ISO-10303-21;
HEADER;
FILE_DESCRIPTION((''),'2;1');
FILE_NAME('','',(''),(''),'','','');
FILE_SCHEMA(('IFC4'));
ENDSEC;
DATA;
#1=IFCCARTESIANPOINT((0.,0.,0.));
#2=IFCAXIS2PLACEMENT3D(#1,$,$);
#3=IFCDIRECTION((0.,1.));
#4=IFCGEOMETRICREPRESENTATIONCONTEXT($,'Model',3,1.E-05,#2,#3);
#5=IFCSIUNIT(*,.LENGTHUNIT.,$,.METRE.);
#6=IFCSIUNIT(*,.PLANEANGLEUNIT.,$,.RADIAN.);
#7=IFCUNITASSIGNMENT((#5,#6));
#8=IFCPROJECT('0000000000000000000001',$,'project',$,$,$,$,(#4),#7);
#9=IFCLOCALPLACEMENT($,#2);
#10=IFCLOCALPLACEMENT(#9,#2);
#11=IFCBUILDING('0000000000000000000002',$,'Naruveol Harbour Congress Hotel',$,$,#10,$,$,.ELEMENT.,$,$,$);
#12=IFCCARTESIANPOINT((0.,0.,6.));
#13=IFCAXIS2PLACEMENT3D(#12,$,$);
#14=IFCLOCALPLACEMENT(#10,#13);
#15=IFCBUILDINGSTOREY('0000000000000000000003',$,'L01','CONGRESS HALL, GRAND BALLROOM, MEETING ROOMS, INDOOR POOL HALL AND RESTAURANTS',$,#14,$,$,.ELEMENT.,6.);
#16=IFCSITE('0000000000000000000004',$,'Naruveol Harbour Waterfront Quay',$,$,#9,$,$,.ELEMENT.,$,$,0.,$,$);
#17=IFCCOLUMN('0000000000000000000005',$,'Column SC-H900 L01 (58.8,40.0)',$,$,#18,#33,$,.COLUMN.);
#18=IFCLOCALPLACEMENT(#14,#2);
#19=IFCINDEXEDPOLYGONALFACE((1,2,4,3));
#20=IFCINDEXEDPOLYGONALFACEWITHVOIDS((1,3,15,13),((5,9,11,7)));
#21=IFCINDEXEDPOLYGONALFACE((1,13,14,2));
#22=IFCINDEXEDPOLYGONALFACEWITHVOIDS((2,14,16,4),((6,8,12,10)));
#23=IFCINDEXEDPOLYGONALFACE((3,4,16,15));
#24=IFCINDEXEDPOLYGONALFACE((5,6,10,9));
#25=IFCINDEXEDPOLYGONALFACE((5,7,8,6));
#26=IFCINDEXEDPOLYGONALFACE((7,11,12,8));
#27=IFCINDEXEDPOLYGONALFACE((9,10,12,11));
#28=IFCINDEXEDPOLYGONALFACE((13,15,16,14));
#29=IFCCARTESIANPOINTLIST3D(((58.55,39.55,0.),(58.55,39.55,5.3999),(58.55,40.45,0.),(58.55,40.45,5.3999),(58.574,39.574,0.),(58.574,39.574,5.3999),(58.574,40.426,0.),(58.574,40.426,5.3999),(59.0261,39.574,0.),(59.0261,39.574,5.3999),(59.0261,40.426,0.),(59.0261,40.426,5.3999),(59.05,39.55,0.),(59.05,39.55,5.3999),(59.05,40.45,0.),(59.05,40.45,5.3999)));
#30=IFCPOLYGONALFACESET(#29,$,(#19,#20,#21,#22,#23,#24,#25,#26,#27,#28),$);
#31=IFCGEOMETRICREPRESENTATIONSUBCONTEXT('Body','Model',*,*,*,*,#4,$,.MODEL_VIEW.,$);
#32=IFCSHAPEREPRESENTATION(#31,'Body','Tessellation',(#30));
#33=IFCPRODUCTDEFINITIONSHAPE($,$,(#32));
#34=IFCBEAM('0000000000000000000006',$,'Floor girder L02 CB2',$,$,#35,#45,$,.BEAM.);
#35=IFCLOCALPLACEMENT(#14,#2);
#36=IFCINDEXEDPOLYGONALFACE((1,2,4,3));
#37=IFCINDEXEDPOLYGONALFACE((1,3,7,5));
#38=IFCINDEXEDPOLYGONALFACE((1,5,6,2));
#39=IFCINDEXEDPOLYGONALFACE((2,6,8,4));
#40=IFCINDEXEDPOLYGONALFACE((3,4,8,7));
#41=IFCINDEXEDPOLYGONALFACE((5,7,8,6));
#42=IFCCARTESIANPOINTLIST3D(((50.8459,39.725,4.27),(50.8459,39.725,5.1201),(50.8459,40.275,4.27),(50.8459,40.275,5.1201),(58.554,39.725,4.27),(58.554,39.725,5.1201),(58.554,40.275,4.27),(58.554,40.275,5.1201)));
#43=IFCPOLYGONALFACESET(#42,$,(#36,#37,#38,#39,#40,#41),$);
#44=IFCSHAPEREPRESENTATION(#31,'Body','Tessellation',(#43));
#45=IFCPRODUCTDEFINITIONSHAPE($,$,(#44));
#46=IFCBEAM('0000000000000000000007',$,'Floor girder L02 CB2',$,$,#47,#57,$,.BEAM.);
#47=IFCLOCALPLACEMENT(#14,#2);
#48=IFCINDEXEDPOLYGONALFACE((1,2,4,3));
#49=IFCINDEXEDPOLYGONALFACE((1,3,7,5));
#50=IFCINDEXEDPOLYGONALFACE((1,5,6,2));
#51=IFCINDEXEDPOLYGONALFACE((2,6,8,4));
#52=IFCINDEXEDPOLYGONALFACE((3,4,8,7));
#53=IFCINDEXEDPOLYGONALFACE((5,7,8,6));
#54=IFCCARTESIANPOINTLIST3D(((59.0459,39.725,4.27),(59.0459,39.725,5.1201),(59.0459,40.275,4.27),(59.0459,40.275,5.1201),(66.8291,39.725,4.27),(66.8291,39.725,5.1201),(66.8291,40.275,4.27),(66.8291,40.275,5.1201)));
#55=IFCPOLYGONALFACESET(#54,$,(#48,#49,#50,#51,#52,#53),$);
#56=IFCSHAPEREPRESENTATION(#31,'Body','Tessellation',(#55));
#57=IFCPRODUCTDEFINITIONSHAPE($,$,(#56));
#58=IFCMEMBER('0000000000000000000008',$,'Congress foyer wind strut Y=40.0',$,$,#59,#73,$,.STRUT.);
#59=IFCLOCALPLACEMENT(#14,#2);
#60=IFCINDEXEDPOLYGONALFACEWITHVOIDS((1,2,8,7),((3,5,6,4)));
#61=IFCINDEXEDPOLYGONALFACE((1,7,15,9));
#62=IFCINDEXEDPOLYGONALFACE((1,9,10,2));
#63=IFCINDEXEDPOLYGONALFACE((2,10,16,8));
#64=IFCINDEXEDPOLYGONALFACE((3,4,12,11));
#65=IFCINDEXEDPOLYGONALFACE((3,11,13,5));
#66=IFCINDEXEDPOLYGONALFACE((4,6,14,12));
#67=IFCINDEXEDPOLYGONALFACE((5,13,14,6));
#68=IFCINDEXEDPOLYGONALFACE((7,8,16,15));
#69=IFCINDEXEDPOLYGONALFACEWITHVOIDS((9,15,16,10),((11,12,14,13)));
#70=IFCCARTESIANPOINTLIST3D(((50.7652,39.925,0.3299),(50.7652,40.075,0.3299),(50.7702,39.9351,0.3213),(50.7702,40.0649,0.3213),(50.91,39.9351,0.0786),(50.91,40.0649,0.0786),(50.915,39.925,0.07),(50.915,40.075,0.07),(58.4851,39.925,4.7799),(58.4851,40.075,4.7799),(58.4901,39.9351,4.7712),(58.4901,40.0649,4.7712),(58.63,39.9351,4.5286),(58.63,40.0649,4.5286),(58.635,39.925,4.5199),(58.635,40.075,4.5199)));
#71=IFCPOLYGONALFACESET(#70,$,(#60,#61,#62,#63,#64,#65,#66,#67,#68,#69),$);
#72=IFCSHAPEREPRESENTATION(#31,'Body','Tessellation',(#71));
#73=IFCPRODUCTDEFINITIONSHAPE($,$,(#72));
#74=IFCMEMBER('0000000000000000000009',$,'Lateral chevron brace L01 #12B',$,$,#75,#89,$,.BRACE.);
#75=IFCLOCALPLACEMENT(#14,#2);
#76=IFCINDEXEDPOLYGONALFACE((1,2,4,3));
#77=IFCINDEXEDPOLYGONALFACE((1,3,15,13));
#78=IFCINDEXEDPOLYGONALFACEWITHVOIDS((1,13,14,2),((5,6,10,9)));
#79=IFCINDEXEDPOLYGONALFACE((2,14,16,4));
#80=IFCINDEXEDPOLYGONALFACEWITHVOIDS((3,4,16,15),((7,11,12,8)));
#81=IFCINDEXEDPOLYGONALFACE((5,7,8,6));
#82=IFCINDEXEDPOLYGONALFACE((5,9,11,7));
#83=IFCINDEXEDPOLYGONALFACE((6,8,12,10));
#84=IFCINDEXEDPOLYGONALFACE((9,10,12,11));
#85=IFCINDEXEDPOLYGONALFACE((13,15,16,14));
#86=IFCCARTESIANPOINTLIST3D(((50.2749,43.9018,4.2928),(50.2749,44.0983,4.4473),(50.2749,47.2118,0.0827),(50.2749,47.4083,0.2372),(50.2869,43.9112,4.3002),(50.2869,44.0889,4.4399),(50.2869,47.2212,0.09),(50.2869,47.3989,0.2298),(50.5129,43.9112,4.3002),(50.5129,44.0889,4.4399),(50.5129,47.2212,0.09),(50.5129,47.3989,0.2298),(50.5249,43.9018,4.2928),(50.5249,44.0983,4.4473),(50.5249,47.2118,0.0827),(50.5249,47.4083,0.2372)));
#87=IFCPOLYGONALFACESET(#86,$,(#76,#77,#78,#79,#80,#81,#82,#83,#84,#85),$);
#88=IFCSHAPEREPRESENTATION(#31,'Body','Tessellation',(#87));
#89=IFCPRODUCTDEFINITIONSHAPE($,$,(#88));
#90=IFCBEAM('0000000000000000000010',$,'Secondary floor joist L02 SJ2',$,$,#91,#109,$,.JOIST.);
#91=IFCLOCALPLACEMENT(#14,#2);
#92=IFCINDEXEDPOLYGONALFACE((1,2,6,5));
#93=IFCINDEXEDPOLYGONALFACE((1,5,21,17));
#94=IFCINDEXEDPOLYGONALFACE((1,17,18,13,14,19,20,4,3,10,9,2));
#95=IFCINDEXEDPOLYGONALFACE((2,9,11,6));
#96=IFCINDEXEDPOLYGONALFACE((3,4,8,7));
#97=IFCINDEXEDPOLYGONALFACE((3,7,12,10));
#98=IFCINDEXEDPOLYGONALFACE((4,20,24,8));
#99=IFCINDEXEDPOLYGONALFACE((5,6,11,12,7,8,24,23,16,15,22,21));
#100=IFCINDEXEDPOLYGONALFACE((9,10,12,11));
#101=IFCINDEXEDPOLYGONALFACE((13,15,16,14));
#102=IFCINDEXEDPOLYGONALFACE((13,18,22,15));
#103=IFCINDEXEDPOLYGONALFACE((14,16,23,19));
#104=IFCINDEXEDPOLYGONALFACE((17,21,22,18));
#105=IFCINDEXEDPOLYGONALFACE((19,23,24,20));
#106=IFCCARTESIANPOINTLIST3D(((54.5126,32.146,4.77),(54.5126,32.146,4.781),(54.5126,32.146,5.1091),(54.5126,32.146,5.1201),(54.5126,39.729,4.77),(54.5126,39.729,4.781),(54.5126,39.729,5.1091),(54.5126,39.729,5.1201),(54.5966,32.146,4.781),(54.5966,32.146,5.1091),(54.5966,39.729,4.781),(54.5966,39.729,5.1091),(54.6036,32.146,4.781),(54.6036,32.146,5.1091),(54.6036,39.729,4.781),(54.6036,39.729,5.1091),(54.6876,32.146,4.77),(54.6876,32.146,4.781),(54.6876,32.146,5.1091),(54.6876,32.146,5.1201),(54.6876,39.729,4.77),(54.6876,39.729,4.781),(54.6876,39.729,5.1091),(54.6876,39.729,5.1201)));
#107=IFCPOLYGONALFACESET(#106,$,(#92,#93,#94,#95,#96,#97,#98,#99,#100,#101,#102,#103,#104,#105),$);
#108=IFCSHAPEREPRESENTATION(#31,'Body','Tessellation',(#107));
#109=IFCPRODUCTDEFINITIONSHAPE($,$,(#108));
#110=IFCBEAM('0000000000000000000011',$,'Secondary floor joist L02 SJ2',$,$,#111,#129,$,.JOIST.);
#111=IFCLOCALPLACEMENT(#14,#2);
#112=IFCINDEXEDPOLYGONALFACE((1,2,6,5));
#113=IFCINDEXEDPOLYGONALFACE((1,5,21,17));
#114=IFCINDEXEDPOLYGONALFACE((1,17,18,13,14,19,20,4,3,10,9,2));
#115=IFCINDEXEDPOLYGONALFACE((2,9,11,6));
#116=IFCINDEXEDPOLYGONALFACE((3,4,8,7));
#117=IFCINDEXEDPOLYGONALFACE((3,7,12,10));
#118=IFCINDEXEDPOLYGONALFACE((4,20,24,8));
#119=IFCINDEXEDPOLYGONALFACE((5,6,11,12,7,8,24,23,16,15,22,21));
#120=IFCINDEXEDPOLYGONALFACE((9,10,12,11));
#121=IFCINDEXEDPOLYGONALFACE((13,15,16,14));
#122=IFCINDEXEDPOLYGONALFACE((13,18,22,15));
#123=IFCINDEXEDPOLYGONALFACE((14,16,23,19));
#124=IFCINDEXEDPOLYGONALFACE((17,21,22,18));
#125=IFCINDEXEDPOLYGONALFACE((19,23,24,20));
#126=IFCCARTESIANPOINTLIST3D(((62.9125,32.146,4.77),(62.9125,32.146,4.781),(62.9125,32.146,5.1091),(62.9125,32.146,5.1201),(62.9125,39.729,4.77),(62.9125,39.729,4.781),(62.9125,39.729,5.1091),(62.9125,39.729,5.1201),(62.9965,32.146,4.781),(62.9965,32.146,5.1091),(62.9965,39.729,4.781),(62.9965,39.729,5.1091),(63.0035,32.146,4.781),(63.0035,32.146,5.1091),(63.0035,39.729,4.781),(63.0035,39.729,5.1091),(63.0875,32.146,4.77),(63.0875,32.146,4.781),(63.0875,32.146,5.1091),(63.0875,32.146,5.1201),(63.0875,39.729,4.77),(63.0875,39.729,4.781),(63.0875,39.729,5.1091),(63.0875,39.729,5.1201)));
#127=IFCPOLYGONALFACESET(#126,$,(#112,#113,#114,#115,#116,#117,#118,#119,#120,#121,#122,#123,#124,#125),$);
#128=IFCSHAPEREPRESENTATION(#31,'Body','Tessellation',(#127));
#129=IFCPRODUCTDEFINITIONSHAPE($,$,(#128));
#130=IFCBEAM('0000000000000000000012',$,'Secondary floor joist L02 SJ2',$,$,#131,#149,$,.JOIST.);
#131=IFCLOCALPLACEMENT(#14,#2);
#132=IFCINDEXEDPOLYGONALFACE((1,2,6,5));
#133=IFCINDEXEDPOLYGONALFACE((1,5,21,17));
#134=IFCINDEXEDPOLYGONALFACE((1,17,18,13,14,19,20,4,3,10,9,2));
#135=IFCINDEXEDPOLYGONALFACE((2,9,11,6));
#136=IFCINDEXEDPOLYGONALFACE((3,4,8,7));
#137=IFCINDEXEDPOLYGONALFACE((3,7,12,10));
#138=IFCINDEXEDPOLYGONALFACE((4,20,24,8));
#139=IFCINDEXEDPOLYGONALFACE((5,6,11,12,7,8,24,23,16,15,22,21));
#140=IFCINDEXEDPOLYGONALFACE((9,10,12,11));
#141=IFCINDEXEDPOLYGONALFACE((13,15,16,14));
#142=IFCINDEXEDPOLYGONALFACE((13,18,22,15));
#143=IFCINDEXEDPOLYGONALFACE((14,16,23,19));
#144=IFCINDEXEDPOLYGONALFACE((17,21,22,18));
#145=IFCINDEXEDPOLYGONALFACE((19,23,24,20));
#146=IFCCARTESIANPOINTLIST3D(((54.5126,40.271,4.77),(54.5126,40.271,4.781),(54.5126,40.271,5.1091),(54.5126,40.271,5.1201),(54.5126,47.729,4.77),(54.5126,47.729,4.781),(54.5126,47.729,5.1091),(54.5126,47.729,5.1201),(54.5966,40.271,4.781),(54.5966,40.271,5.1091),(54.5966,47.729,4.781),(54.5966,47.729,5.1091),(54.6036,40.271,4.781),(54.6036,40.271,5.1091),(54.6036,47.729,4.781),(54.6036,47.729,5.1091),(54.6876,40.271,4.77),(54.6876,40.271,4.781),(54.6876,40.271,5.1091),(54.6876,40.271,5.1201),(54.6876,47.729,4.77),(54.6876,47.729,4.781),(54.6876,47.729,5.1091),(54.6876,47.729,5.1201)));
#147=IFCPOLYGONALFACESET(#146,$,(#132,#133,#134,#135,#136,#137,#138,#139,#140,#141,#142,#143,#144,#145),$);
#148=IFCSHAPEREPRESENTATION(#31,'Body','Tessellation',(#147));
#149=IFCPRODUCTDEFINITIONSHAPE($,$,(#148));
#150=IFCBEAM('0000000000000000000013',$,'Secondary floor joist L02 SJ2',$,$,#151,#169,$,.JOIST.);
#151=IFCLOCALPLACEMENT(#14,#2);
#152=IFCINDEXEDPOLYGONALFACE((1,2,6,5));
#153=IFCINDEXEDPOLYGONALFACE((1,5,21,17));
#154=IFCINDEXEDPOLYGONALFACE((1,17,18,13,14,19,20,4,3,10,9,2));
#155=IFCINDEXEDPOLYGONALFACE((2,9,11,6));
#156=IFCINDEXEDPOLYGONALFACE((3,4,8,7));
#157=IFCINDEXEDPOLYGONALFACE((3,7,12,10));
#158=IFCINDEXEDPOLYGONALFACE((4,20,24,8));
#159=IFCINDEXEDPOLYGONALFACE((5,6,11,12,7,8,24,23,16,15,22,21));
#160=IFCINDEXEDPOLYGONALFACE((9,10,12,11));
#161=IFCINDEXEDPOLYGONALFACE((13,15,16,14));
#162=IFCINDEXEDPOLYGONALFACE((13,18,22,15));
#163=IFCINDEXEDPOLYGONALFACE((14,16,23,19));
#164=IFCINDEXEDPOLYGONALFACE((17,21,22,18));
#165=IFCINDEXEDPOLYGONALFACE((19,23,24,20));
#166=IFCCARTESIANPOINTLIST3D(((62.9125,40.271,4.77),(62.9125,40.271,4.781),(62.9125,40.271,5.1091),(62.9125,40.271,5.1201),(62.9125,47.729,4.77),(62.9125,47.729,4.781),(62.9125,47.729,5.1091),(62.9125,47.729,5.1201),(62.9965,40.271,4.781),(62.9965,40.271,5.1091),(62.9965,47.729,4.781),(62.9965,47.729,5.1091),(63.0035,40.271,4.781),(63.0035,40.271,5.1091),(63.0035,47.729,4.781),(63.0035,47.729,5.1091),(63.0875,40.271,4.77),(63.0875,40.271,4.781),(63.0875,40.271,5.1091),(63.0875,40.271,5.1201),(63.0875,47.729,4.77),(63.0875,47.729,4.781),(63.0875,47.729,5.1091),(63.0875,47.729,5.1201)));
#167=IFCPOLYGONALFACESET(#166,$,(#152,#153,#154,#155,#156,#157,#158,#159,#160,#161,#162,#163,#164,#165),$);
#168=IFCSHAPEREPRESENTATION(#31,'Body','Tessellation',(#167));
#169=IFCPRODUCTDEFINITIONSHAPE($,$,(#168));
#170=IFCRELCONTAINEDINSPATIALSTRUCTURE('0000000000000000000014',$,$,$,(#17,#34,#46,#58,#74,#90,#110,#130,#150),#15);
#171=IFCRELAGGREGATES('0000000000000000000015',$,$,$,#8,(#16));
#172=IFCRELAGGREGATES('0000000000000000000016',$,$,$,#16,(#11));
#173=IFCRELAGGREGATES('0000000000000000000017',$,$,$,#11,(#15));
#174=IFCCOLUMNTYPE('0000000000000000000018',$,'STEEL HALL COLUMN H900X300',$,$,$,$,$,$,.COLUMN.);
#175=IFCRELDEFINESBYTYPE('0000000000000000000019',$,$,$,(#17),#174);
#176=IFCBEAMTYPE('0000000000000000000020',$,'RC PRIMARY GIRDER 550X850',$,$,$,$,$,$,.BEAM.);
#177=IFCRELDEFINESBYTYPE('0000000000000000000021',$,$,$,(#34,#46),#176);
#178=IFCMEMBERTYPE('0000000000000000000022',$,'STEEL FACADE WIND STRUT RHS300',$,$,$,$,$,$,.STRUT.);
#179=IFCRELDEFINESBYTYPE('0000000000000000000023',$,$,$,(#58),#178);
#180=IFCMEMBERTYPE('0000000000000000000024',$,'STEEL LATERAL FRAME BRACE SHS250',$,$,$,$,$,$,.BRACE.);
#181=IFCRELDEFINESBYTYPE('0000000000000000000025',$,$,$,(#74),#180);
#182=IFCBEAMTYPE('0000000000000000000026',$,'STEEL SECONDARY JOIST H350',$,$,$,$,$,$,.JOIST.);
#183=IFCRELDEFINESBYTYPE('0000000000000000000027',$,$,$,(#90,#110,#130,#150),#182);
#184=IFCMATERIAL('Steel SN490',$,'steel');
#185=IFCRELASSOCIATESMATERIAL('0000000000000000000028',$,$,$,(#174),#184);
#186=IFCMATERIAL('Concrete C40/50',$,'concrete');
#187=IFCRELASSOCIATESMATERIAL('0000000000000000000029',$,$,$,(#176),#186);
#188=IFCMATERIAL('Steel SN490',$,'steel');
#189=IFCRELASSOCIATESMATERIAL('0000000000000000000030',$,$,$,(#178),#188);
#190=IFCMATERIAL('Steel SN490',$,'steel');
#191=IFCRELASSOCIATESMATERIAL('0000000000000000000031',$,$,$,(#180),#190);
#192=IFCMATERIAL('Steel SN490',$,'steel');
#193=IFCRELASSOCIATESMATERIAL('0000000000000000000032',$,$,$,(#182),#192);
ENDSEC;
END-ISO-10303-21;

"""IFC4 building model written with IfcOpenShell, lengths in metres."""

from ifc_helpers import new_model, si_unit, direction, frame, origin, origin_2d, place, context, subcontext, project, spatial, rectangle, hollow_rectangle, i_section, extrude, material, material_profile, profile_set, type_object, element, save


model = new_model("IFC4")

# Units and contexts
model_context = context("Model", 3, precision=1e-05, world=origin(), true_north=direction((0.0, 1.0)))
body_context = subcontext(model_context, "Body", "Model", "MODEL_VIEW")
ifc_project = project(units=[si_unit("LENGTHUNIT", "METRE"), si_unit("PLANEANGLEUNIT", "RADIAN")], contexts=[model_context])

# Site, building, storey
site_placement = place(None, origin())
site = spatial("IfcSite", under=ifc_project, at=site_placement, Name="Naruveol Harbour Waterfront Quay", CompositionType="ELEMENT", RefElevation=0.0)
building_placement = place(site_placement, origin())
building = spatial("IfcBuilding", under=site, at=building_placement, Name="Naruveol Harbour Congress Hotel", CompositionType="ELEMENT")
storey_placement = place(building_placement, frame((0.0, 0.0, 6.0)))
storey = spatial("IfcBuildingStorey", under=building, at=storey_placement, Name="L01", Description="CONGRESS HALL, GRAND BALLROOM, MEETING ROOMS, INDOOR POOL HALL AND RESTAURANTS", CompositionType="ELEMENT", Elevation=6.0)

# Column
ifc_material_1 = material(Name="Steel SN490", Category="steel")
ifc_material_profile_1 = material_profile(ifc_material_1, hollow_rectangle(XDim=0.5, YDim=0.8999, WallThickness=0.0239, at=origin_2d()), Name="RHS-900x500x24")
ifc_profile_set_1 = profile_set([ifc_material_profile_1], Name="Steel SN490")
column_type = type_object("IfcColumnType", Name="STEEL HALL COLUMN H900X300", PredefinedType="COLUMN", material=ifc_profile_set_1)
column_placement = place(storey_placement, frame((58.8, 40.0, 0.0), z_axis=(0.0, 0.0, 1.0), x_axis=(1.0, 0.0, 0.0)))
element("IfcColumn", 1, at=column_placement, inside=storey, type_object=column_type, Name="Column SC-H900 L01 (58.8,40.0)", PredefinedType="COLUMN", context=body_context, shape_type="SweptSolid", body=[
    extrude(hollow_rectangle(XDim=0.5, YDim=0.8999, WallThickness=0.0239, at=origin_2d()), origin(), (0.0, 0.0, 1.0), 5.3999),
])

# Beams
ifc_material_2 = material(Name="Concrete C40/50", Category="concrete")
ifc_material_profile_2 = material_profile(ifc_material_2, rectangle(XDim=0.55, YDim=0.8501, at=origin_2d()), Name="RCB-550x850")
ifc_profile_set_2 = profile_set([ifc_material_profile_2], Name="Concrete C40/50")
beam_type_1 = type_object("IfcBeamType", Name="RC PRIMARY GIRDER 550X850", PredefinedType="BEAM", material=ifc_profile_set_2)
beam_1_placement = place(storey_placement, frame((50.8459, 40.0, 4.6951), z_axis=(1.0, 0.0, 0.0), x_axis=(0.0, 1.0, 0.0)))
element("IfcBeam", 2, at=beam_1_placement, inside=storey, type_object=beam_type_1, Name="Floor girder L02 CB2", PredefinedType="BEAM", context=body_context, shape_type="SweptSolid", body=[
    extrude(rectangle(XDim=0.55, YDim=0.8501, at=origin_2d()), origin(), (0.0, 0.0, 1.0), 7.708),
])
beam_2_placement = place(storey_placement, frame((59.0459, 40.0, 4.6951), z_axis=(1.0, 0.0, 0.0), x_axis=(0.0, 1.0, 0.0)))
element("IfcBeam", 3, at=beam_2_placement, inside=storey, type_object=beam_type_1, Name="Floor girder L02 CB2", PredefinedType="BEAM", context=body_context, shape_type="SweptSolid", body=[
    extrude(rectangle(XDim=0.55, YDim=0.8501, at=origin_2d()), origin(), (0.0, 0.0, 1.0), 7.7832),
])

# Members
ifc_material_3 = material(Name="Steel SN490", Category="steel")
ifc_material_profile_3 = material_profile(ifc_material_3, hollow_rectangle(XDim=0.1499, YDim=0.3, WallThickness=0.01, at=origin_2d()), Name="RHS-300x150x10")
ifc_profile_set_3 = profile_set([ifc_material_profile_3], Name="Steel SN490")
member_type_1 = type_object("IfcMemberType", Name="STEEL FACADE WIND STRUT RHS300", PredefinedType="STRUT", material=ifc_profile_set_3)
member_1_placement = place(storey_placement, frame((50.8401, 40.0, 0.2), z_axis=(0.866374, 0.0, 0.499396), x_axis=(0.0, 1.0, 0.0)))
element("IfcMember", 4, at=member_1_placement, inside=storey, type_object=member_type_1, Name="Congress foyer wind strut Y=40.0", PredefinedType="STRUT", context=body_context, shape_type="SweptSolid", body=[
    extrude(hollow_rectangle(XDim=0.1499, YDim=0.3, WallThickness=0.01, at=origin_2d()), origin(), (0.0, 0.0, 1.0), 8.9106),
])
ifc_material_4 = material(Name="Steel SN490", Category="steel")
ifc_material_profile_4 = material_profile(ifc_material_4, hollow_rectangle(XDim=0.25, YDim=0.25, WallThickness=0.012, at=origin_2d()), Name="SHS-250x250x12")
ifc_profile_set_4 = profile_set([ifc_material_profile_4], Name="Steel SN490")
member_type_2 = type_object("IfcMemberType", Name="STEEL LATERAL FRAME BRACE SHS250", PredefinedType="BRACE", material=ifc_profile_set_4)
member_2_placement = place(storey_placement, frame((50.3999, 47.3101, 0.1599), z_axis=(0.0, -0.618057, 0.786133), x_axis=(1.0, 0.0, 0.0)))
element("IfcMember", 5, at=member_2_placement, inside=storey, type_object=member_type_2, Name="Lateral chevron brace L01 #12B", PredefinedType="BRACE", context=body_context, shape_type="SweptSolid", body=[
    extrude(hollow_rectangle(XDim=0.25, YDim=0.25, WallThickness=0.012, at=origin_2d()), origin(), (0.0, 0.0, 1.0), 5.3555),
])

# Beams
ifc_material_5 = material(Name="Steel SN490", Category="steel")
ifc_material_profile_5 = material_profile(ifc_material_5, i_section(OverallWidth=0.175, OverallDepth=0.3501, WebThickness=0.0071, FlangeThickness=0.011, at=origin_2d()), Name="H-350x175x7x11")
ifc_profile_set_5 = profile_set([ifc_material_profile_5], Name="Steel SN490")
beam_type_2 = type_object("IfcBeamType", Name="STEEL SECONDARY JOIST H350", PredefinedType="JOIST", material=ifc_profile_set_5)
for number, where, z_axis, x_axis, name in (
    (6, (54.6001, 32.146, 4.9451), (0.0, 1.0, 0.0), (-1.0, 0.0, 0.0), "Secondary floor joist L02 SJ2"),
    (7, (63.0, 32.146, 4.9451), (0.0, 1.0, 0.0), (-1.0, 0.0, 0.0), "Secondary floor joist L02 SJ2"),
):
    element("IfcBeam", number, at=place(storey_placement, frame(where, z_axis=z_axis, x_axis=x_axis)), inside=storey, type_object=beam_type_2, Name=name, PredefinedType="JOIST", context=body_context, shape_type="SweptSolid", body=[
        extrude(i_section(OverallWidth=0.175, OverallDepth=0.3501, WebThickness=0.0071, FlangeThickness=0.011, at=origin_2d()), origin(), (0.0, 0.0, 1.0), 7.583),
    ])
for number, where, z_axis, x_axis, name in (
    (8, (54.6001, 40.271, 4.9451), (0.0, 1.0, 0.0), (-1.0, 0.0, 0.0), "Secondary floor joist L02 SJ2"),
    (9, (63.0, 40.271, 4.9451), (0.0, 1.0, 0.0), (-1.0, 0.0, 0.0), "Secondary floor joist L02 SJ2"),
):
    element("IfcBeam", number, at=place(storey_placement, frame(where, z_axis=z_axis, x_axis=x_axis)), inside=storey, type_object=beam_type_2, Name=name, PredefinedType="JOIST", context=body_context, shape_type="SweptSolid", body=[
        extrude(i_section(OverallWidth=0.175, OverallDepth=0.3501, WebThickness=0.0071, FlangeThickness=0.011, at=origin_2d()), origin(), (0.0, 0.0, 1.0), 7.458),
    ])

save(model, "model.ifc")
